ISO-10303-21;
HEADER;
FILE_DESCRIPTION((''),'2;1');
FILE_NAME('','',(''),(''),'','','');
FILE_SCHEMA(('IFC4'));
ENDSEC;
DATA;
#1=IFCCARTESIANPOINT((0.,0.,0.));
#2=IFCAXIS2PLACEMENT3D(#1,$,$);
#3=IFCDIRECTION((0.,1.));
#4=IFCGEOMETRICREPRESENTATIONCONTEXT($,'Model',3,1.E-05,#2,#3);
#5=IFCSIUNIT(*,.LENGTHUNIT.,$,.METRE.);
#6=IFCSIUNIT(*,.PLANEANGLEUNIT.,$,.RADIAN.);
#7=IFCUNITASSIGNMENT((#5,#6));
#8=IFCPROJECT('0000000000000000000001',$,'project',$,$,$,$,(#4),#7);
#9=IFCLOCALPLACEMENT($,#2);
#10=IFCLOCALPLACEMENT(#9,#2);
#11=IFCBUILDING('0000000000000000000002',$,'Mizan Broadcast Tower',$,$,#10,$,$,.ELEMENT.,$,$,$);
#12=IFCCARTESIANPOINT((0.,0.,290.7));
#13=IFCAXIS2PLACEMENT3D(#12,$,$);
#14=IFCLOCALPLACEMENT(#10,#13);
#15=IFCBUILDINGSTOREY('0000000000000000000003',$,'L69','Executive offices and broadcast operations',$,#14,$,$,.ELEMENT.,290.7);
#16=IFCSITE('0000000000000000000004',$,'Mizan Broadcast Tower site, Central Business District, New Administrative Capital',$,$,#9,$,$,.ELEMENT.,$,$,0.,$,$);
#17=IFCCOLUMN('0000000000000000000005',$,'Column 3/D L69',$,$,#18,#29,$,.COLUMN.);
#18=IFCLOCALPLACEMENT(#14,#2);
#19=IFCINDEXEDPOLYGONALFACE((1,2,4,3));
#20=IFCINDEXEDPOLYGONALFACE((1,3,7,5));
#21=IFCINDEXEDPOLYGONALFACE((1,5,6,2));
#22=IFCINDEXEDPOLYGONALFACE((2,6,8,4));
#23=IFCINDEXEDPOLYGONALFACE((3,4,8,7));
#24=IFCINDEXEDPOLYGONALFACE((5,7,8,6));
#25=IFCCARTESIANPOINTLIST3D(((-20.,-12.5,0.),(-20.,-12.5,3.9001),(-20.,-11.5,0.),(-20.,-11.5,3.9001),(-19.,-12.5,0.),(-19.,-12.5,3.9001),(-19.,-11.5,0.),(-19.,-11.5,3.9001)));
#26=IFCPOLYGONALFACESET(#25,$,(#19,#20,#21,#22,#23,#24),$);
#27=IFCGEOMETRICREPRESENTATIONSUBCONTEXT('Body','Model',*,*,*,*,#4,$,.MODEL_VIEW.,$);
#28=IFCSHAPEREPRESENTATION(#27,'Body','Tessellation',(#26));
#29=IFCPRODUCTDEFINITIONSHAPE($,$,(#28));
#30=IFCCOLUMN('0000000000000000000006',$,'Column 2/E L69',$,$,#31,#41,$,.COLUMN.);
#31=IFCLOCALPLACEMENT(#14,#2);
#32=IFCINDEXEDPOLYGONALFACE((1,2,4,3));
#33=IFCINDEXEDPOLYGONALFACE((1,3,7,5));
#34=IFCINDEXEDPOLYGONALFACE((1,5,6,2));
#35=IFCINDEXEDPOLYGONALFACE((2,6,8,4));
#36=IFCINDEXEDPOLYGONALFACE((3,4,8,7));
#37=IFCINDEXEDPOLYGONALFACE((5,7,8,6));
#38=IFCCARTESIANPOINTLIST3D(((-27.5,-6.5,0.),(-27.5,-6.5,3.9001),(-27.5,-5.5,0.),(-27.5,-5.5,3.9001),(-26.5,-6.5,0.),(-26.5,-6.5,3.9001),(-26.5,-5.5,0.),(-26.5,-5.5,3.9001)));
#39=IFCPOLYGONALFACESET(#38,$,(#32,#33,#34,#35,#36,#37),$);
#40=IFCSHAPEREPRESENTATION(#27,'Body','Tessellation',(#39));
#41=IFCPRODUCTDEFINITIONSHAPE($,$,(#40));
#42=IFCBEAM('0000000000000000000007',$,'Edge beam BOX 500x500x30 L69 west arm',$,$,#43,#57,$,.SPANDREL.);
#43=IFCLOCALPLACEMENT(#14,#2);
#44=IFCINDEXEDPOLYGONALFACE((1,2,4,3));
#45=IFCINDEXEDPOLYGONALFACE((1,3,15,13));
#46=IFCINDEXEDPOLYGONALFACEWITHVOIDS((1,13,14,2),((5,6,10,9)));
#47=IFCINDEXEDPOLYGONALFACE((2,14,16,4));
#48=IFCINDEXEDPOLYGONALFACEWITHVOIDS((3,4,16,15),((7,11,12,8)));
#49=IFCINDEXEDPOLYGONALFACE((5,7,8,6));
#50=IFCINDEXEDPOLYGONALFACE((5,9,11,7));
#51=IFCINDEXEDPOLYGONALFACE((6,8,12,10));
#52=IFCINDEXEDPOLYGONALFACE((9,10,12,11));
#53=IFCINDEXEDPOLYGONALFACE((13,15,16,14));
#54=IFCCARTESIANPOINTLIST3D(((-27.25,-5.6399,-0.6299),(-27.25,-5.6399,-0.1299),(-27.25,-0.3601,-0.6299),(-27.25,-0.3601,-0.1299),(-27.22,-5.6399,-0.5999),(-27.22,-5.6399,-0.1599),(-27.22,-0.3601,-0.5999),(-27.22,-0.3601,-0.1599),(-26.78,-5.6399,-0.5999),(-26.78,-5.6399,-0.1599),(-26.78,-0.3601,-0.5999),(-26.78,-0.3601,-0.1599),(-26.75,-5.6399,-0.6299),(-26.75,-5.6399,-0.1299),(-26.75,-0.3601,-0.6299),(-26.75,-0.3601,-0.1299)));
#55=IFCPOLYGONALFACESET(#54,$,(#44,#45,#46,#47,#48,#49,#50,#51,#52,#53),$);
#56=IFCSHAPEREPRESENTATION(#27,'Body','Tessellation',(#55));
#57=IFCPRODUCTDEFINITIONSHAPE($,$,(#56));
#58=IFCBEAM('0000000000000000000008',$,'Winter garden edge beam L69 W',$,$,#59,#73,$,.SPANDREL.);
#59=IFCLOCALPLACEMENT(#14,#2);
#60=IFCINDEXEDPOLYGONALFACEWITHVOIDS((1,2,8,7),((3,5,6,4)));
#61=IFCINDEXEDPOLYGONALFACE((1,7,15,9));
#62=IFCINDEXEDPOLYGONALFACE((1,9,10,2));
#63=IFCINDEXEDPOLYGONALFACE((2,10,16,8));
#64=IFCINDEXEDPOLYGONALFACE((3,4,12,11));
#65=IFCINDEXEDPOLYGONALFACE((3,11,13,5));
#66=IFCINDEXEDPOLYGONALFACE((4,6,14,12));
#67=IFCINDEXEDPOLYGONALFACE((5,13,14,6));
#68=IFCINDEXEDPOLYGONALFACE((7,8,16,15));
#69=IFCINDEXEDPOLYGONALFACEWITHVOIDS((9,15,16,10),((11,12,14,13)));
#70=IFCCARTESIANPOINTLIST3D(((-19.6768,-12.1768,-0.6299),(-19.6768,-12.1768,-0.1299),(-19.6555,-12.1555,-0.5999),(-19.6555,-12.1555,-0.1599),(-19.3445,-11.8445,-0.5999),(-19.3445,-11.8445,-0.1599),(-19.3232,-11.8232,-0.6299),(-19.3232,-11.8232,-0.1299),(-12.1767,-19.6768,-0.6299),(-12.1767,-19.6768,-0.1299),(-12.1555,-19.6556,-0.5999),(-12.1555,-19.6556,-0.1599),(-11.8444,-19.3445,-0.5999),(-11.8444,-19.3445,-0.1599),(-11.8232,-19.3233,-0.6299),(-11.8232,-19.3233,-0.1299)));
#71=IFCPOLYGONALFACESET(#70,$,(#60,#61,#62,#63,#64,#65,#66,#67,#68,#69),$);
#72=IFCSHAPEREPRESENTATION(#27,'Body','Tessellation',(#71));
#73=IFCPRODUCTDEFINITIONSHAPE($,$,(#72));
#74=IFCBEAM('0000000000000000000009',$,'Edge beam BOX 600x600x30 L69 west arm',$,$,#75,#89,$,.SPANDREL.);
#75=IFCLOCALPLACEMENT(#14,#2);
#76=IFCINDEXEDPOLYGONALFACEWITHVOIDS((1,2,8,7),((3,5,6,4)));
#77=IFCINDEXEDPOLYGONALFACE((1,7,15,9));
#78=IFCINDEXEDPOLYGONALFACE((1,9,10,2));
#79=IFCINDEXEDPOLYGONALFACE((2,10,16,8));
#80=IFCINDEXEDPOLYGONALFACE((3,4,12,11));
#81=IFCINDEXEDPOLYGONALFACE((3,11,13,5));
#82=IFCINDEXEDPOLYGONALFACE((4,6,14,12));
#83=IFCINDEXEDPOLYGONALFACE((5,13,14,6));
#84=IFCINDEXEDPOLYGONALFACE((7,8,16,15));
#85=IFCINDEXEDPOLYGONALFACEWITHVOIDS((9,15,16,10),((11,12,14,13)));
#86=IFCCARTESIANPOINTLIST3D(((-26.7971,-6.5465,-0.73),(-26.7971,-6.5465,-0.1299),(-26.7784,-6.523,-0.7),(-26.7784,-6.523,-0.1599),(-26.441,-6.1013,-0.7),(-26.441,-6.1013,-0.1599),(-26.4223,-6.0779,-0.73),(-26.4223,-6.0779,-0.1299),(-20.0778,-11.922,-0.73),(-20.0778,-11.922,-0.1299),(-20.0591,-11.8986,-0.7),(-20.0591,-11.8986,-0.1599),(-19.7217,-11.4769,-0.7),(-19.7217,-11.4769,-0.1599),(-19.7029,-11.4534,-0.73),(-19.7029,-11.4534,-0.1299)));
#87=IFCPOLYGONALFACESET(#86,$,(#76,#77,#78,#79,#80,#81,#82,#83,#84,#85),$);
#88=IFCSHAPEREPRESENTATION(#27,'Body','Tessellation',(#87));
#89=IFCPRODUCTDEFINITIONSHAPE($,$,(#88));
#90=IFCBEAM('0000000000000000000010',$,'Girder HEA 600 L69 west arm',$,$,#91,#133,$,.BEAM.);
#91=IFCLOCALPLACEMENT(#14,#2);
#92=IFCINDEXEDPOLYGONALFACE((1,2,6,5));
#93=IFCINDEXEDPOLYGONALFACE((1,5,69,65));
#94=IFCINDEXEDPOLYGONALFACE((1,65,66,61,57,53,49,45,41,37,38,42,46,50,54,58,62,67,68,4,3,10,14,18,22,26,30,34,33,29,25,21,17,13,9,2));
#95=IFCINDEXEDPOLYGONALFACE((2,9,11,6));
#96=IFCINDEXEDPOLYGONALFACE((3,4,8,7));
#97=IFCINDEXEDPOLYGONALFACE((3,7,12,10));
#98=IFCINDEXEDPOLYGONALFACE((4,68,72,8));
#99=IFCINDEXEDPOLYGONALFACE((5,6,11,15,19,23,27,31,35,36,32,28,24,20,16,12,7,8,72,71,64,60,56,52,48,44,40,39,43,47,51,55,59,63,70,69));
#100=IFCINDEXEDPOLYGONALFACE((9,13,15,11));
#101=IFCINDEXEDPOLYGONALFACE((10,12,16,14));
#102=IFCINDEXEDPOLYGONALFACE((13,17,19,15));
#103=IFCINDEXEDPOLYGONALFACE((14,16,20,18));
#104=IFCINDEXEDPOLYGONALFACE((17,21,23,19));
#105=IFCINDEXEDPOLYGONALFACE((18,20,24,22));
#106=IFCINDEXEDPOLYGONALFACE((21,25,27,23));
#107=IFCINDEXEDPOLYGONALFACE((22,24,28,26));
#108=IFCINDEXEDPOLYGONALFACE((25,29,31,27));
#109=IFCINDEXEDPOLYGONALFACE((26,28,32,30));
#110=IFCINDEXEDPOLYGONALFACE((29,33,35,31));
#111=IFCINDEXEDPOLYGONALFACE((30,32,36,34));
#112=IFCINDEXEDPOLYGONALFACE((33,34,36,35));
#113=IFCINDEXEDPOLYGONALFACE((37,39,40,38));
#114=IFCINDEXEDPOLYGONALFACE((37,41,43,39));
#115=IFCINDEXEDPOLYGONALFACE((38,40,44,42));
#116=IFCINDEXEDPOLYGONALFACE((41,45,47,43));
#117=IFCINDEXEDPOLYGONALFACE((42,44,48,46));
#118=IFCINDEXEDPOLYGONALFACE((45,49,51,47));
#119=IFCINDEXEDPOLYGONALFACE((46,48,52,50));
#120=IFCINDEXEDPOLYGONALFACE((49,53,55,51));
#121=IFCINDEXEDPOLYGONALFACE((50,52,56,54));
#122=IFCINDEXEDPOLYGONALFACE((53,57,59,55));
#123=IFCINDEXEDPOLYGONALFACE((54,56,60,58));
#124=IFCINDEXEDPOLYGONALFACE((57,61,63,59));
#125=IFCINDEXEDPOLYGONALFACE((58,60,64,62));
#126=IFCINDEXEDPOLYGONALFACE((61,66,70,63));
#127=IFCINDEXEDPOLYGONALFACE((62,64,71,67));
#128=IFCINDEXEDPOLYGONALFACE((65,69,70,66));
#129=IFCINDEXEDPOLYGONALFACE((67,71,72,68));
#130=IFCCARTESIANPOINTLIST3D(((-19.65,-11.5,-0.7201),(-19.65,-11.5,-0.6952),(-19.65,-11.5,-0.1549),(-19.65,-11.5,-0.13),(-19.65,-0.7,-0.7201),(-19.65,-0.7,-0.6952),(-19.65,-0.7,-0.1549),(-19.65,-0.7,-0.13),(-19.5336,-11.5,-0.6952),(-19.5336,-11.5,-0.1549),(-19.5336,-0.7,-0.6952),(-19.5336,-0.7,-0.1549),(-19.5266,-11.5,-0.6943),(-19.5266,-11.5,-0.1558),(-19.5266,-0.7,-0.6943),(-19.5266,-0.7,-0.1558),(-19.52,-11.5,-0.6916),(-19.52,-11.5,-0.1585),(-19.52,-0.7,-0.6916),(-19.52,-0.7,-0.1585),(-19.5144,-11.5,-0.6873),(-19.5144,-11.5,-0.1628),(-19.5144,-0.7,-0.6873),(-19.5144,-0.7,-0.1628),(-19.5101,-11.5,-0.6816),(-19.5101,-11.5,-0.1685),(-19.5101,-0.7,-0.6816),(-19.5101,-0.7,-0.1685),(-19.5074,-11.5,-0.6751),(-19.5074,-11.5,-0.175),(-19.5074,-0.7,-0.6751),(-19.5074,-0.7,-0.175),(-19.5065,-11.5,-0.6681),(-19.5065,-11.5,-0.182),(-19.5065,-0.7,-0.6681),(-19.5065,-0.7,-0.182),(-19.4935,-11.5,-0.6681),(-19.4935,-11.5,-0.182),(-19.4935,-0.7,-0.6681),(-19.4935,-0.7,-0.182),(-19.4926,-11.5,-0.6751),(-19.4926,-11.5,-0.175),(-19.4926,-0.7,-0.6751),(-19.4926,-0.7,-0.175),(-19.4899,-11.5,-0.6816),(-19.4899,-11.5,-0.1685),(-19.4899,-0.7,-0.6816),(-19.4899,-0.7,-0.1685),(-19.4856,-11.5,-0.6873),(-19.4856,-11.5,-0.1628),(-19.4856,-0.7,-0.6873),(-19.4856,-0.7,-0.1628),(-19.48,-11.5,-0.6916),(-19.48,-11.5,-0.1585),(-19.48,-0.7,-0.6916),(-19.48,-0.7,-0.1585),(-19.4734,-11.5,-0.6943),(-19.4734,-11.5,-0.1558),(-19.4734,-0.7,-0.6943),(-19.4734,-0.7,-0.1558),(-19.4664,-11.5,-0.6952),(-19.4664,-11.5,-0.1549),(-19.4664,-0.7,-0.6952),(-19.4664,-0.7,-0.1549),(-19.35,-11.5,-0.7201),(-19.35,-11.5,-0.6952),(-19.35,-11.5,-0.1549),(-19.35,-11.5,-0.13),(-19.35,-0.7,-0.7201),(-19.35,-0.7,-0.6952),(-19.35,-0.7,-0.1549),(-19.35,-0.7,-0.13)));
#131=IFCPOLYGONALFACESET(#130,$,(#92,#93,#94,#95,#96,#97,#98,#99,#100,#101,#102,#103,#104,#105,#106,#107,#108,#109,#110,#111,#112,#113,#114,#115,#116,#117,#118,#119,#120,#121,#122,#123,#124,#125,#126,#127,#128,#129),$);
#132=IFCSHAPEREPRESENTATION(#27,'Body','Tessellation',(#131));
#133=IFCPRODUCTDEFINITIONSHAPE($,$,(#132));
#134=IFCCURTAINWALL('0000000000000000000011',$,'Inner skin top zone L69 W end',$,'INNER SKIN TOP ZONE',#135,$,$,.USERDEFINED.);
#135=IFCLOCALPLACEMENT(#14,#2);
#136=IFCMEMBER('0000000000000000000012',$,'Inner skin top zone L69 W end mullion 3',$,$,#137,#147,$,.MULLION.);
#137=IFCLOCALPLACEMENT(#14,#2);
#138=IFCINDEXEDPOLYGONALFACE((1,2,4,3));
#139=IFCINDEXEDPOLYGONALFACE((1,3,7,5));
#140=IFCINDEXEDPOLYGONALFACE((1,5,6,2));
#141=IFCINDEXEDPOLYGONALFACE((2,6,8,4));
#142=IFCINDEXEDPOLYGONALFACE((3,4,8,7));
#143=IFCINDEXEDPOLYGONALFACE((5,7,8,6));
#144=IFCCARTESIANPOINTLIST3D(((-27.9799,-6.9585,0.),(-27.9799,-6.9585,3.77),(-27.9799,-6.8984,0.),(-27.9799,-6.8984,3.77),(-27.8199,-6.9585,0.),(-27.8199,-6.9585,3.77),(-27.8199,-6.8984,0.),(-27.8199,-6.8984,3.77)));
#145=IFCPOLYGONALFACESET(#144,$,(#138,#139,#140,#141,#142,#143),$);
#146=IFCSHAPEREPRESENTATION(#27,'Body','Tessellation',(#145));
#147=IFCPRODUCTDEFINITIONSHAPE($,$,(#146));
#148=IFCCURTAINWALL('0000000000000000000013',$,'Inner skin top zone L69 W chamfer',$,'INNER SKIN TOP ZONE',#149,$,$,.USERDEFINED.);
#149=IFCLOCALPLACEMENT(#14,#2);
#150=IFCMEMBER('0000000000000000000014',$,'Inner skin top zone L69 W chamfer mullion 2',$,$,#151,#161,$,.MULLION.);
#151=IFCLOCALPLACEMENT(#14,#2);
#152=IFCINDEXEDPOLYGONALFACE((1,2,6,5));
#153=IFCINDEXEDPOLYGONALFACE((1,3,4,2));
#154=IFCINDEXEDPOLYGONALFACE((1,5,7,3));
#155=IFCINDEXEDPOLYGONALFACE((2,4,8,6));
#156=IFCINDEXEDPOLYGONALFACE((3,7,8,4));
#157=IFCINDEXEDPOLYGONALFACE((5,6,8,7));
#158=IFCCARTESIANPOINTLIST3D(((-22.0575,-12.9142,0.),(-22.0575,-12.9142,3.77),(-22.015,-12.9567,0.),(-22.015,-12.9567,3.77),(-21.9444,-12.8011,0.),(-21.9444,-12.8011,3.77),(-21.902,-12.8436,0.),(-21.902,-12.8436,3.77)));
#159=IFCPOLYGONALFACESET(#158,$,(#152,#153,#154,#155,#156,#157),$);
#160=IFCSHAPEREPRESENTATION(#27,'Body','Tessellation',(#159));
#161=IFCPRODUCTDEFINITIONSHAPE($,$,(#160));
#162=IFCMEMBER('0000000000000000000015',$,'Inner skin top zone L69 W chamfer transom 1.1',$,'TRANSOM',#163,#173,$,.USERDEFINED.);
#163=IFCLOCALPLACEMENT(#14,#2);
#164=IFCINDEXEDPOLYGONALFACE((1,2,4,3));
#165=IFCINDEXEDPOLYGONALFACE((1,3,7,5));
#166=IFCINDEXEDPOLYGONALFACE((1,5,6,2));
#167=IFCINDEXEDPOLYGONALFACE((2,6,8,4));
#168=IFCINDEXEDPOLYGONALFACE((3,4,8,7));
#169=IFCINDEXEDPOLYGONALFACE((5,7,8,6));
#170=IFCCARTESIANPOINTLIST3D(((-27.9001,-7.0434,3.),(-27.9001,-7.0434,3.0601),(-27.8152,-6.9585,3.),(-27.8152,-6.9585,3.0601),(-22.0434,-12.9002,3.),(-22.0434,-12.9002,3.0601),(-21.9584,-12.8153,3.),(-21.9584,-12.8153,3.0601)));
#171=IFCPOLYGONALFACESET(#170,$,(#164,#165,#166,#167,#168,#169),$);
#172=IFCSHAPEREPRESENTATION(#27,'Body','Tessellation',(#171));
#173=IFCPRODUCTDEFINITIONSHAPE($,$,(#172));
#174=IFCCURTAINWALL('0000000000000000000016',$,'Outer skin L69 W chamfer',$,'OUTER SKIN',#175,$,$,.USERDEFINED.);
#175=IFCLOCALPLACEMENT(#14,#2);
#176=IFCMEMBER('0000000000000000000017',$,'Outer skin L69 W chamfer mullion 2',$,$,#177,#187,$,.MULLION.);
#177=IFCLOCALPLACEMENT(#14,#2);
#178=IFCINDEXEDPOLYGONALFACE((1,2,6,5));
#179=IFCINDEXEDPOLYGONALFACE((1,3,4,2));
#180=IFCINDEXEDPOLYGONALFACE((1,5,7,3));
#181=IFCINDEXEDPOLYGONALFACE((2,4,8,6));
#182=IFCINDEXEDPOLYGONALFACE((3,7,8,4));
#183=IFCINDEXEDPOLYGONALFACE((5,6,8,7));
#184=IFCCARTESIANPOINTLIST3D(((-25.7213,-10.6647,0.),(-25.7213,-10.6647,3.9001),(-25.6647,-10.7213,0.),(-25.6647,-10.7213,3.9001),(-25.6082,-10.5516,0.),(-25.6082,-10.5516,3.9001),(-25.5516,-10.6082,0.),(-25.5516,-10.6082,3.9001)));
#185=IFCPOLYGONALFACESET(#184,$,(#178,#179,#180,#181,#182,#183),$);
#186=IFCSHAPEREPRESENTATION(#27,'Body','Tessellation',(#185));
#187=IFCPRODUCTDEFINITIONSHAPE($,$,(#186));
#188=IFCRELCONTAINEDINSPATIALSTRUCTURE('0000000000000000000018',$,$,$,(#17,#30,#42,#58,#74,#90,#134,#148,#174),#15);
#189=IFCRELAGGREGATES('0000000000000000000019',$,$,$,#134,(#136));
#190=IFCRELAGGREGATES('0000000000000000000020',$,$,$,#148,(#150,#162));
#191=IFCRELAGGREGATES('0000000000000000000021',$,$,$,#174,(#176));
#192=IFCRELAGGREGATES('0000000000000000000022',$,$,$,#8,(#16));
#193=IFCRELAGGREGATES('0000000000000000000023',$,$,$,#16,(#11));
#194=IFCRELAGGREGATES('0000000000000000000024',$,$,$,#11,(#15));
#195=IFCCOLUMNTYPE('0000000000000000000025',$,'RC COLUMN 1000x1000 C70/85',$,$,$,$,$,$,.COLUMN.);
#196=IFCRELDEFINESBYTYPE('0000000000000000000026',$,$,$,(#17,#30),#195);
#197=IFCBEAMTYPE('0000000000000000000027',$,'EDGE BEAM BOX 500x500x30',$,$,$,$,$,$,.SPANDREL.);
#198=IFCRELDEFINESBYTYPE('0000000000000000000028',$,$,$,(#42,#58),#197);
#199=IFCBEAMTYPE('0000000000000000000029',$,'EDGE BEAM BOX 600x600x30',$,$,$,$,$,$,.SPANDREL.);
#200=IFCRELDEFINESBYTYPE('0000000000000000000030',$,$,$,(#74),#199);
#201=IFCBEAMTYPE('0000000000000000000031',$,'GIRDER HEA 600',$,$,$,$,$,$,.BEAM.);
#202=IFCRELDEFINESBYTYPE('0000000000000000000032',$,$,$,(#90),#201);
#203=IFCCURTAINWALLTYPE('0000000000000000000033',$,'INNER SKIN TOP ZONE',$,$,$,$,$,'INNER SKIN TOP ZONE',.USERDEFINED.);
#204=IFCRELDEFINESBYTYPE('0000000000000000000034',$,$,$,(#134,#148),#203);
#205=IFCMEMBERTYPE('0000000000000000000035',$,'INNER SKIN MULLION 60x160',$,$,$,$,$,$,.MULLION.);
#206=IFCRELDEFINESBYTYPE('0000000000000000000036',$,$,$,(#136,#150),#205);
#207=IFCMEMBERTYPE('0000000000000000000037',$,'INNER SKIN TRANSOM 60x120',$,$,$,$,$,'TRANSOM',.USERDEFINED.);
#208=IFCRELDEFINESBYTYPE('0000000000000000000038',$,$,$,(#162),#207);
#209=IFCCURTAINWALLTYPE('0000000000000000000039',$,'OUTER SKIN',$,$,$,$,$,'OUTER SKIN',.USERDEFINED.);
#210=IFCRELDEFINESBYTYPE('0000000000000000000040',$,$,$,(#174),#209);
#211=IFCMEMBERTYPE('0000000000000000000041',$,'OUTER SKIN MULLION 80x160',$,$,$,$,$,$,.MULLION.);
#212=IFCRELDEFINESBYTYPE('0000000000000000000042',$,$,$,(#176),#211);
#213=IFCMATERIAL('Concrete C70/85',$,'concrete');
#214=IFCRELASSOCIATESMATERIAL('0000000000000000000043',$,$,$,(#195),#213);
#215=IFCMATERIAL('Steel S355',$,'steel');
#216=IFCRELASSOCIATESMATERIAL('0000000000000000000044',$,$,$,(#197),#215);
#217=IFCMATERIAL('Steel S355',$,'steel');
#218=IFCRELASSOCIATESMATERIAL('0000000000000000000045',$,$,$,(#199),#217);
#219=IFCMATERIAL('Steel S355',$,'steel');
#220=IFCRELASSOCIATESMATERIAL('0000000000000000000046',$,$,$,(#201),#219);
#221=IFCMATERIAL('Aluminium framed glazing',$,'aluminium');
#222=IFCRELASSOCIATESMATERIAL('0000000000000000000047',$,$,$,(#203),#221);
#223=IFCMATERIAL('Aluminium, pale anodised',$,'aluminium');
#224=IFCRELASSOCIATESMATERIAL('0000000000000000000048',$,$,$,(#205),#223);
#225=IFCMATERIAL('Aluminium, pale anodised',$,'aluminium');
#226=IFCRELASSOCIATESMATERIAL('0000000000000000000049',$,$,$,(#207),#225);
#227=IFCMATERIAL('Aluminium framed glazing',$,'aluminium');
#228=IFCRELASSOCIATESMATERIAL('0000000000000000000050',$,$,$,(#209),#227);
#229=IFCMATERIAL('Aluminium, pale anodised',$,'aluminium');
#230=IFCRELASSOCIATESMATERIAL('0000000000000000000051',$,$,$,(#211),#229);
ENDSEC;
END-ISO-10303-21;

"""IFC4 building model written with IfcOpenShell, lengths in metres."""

from ifc_helpers import new_model, si_unit, direction, frame, origin, origin_2d, place, context, subcontext, project, spatial, rectangle, hollow_rectangle, i_section, extrude, material, material_profile, profile_set, type_object, element, aggregate, save


model = new_model("IFC4")

# Units and contexts
model_context = context("Model", 3, precision=1e-05, world=origin(), true_north=direction((0.0, 1.0)))
body_context = subcontext(model_context, "Body", "Model", "MODEL_VIEW")
ifc_project = project(units=[si_unit("LENGTHUNIT", "METRE"), si_unit("PLANEANGLEUNIT", "RADIAN")], contexts=[model_context])

# Site, building, storey
site_placement = place(None, origin())
site = spatial("IfcSite", under=ifc_project, at=site_placement, Name="Mizan Broadcast Tower site, Central Business District, New Administrative Capital", CompositionType="ELEMENT", RefElevation=0.0)
building_placement = place(site_placement, origin())
building = spatial("IfcBuilding", under=site, at=building_placement, Name="Mizan Broadcast Tower", CompositionType="ELEMENT")
storey_placement = place(building_placement, frame((0.0, 0.0, 290.7)))
storey = spatial("IfcBuildingStorey", under=building, at=storey_placement, Name="L69", Description="Executive offices and broadcast operations", CompositionType="ELEMENT", Elevation=290.7)

# Columns
ifc_material_1 = material(Name="Concrete C70/85", Category="concrete")
ifc_material_profile_1 = material_profile(ifc_material_1, rectangle(XDim=1.0, YDim=1.0, at=origin_2d()), Name="RC 1000x1000")
ifc_profile_set_1 = profile_set([ifc_material_profile_1], Name="Concrete C70/85")
column_type = type_object("IfcColumnType", Name="RC COLUMN 1000x1000 C70/85", PredefinedType="COLUMN", material=ifc_profile_set_1)
for number, where, z_axis, x_axis, name in (
    (1, (-19.5, -12.0, 0.0), (0.0, 0.0, 1.0), (1.0, 0.0, 0.0), "Column 3/D L69"),
    (2, (-27.0, -6.0, 0.0), (0.0, 0.0, 1.0), (1.0, 0.0, 0.0), "Column 2/E L69"),
):
    element("IfcColumn", number, at=place(storey_placement, frame(where, z_axis=z_axis, x_axis=x_axis)), inside=storey, type_object=column_type, Name=name, PredefinedType="COLUMN", context=body_context, shape_type="SweptSolid", body=[
        extrude(rectangle(XDim=1.0, YDim=1.0, at=origin_2d()), origin(), (0.0, 0.0, 1.0), 3.9001),
    ])

# Beams
ifc_material_2 = material(Name="Steel S355", Category="steel")
ifc_material_profile_2 = material_profile(ifc_material_2, hollow_rectangle(XDim=0.5, YDim=0.5, WallThickness=0.03, at=origin_2d()), Name="BOX 500x500x30")
ifc_profile_set_2 = profile_set([ifc_material_profile_2], Name="Steel S355")
beam_type_1 = type_object("IfcBeamType", Name="EDGE BEAM BOX 500x500x30", PredefinedType="SPANDREL", material=ifc_profile_set_2)
beam_1_placement = place(storey_placement, frame((-27.0, -5.6399, -0.3799), z_axis=(0.0, 1.0, 0.0), x_axis=(-1.0, 0.0, 0.0)))
element("IfcBeam", 3, at=beam_1_placement, inside=storey, type_object=beam_type_1, Name="Edge beam BOX 500x500x30 L69 west arm", PredefinedType="SPANDREL", context=body_context, shape_type="SweptSolid", body=[
    extrude(hollow_rectangle(XDim=0.5, YDim=0.5, WallThickness=0.03, at=origin_2d()), origin(), (0.0, 0.0, 1.0), 5.2798),
])
beam_2_placement = place(storey_placement, frame((-19.5, -12.0, -0.3799), z_axis=(0.707107, -0.707107, 0.0), x_axis=(0.707107, 0.707107, 0.0)))
element("IfcBeam", 4, at=beam_2_placement, inside=storey, type_object=beam_type_1, Name="Winter garden edge beam L69 W", PredefinedType="SPANDREL", context=body_context, shape_type="SweptSolid", body=[
    extrude(hollow_rectangle(XDim=0.5, YDim=0.5, WallThickness=0.03, at=origin_2d()), origin(), (0.0, 0.0, 1.0), 10.6067),
])
ifc_material_3 = material(Name="Steel S355", Category="steel")
ifc_material_profile_3 = material_profile(ifc_material_3, hollow_rectangle(XDim=0.6001, YDim=0.6001, WallThickness=0.03, at=origin_2d()), Name="BOX 600x600x30")
ifc_profile_set_3 = profile_set([ifc_material_profile_3], Name="Steel S355")
beam_type_2 = type_object("IfcBeamType", Name="EDGE BEAM BOX 600x600x30", PredefinedType="SPANDREL", material=ifc_profile_set_3)
beam_3_placement = place(storey_placement, frame((-19.8904, -11.6877, -0.4299), z_axis=(-0.780863, 0.624702, 0.0), x_axis=(-0.624702, -0.780863, 0.0)))
element("IfcBeam", 5, at=beam_3_placement, inside=storey, type_object=beam_type_2, Name="Edge beam BOX 600x600x30 L69 west arm", PredefinedType="SPANDREL", context=body_context, shape_type="SweptSolid", body=[
    extrude(hollow_rectangle(XDim=0.6001, YDim=0.6001, WallThickness=0.03, at=origin_2d()), origin(), (0.0, 0.0, 1.0), 8.605),
])
ifc_material_4 = material(Name="Steel S355", Category="steel")
ifc_material_profile_4 = material_profile(ifc_material_4, i_section(OverallWidth=0.3, OverallDepth=0.5901, WebThickness=0.0129, FlangeThickness=0.0249, FilletRadius=0.0271, at=origin_2d()), Name="HEA 600")
ifc_profile_set_4 = profile_set([ifc_material_profile_4], Name="Steel S355")
beam_type_3 = type_object("IfcBeamType", Name="GIRDER HEA 600", PredefinedType="BEAM", material=ifc_profile_set_4)
beam_4_placement = place(storey_placement, frame((-19.5, -11.5, -0.425), z_axis=(0.0, 1.0, 0.0), x_axis=(-1.0, 0.0, 0.0)))
element("IfcBeam", 6, at=beam_4_placement, inside=storey, type_object=beam_type_3, Name="Girder HEA 600 L69 west arm", PredefinedType="BEAM", context=body_context, shape_type="SweptSolid", body=[
    extrude(i_section(OverallWidth=0.3, OverallDepth=0.5901, WebThickness=0.0129, FlangeThickness=0.0249, FilletRadius=0.0271, at=origin_2d()), origin(), (0.0, 0.0, 1.0), 10.8),
])

# Curtain wall, member
ifc_material_5 = material(Name="Aluminium framed glazing", Category="aluminium")
curtain_wall_type_1 = type_object("IfcCurtainWallType", Name="INNER SKIN TOP ZONE", ElementType="INNER SKIN TOP ZONE", PredefinedType="USERDEFINED", material=ifc_material_5)
curtain_wall_1_placement = place(storey_placement, origin())
curtain_wall_1 = element("IfcCurtainWall", 7, at=curtain_wall_1_placement, inside=storey, type_object=curtain_wall_type_1, Name="Inner skin top zone L69 W end", ObjectType="INNER SKIN TOP ZONE", PredefinedType="USERDEFINED")
ifc_material_6 = material(Name="Aluminium, pale anodised", Category="aluminium")
ifc_material_profile_5 = material_profile(ifc_material_6, rectangle(XDim=0.1599, YDim=0.0601, at=origin_2d()), Name="MULLION 160x60")
ifc_profile_set_5 = profile_set([ifc_material_profile_5], Name="Aluminium, pale anodised")
member_type_1 = type_object("IfcMemberType", Name="INNER SKIN MULLION 60x160", PredefinedType="MULLION", material=ifc_profile_set_5)
member_1_placement = place(storey_placement, frame((-27.8999, -6.9285, 0.0), z_axis=(0.0, 0.0, 1.0), x_axis=(1.0, 0.0, 0.0)))
member_1 = element("IfcMember", 8, at=member_1_placement, type_object=member_type_1, Name="Inner skin top zone L69 W end mullion 3", PredefinedType="MULLION", context=body_context, shape_type="SweptSolid", body=[
    extrude(rectangle(XDim=0.1599, YDim=0.0601, at=origin_2d()), origin(), (0.0, 0.0, 1.0), 3.77),
])
aggregate(curtain_wall_1, [member_1])

# Curtain wall, members
curtain_wall_2_placement = place(storey_placement, origin())
curtain_wall_2 = element("IfcCurtainWall", 9, at=curtain_wall_2_placement, inside=storey, type_object=curtain_wall_type_1, Name="Inner skin top zone L69 W chamfer", ObjectType="INNER SKIN TOP ZONE", PredefinedType="USERDEFINED")
member_2_placement = place(storey_placement, frame((-21.9797, -12.8789, 0.0), z_axis=(0.0, 0.0, 1.0), x_axis=(0.707107, 0.707107, 0.0)))
member_2 = element("IfcMember", 10, at=member_2_placement, type_object=member_type_1, Name="Inner skin top zone L69 W chamfer mullion 2", PredefinedType="MULLION", context=body_context, shape_type="SweptSolid", body=[
    extrude(rectangle(XDim=0.1599, YDim=0.0601, at=origin_2d()), origin(), (0.0, 0.0, 1.0), 3.77),
])
ifc_material_7 = material(Name="Aluminium, pale anodised", Category="aluminium")
ifc_material_profile_6 = material_profile(ifc_material_7, rectangle(XDim=0.1201, YDim=0.0601, at=origin_2d()), Name="TRANSOM 120x60")
ifc_profile_set_6 = profile_set([ifc_material_profile_6], Name="Aluminium, pale anodised")
member_type_2 = type_object("IfcMemberType", Name="INNER SKIN TRANSOM 60x120", ElementType="TRANSOM", PredefinedType="USERDEFINED", material=ifc_profile_set_6)
member_3_placement = place(storey_placement, frame((-27.8577, -7.001, 3.03), z_axis=(0.707107, -0.707107, 0.0), x_axis=(0.707107, 0.707107, 0.0)))
member_3 = element("IfcMember", 11, at=member_3_placement, type_object=member_type_2, Name="Inner skin top zone L69 W chamfer transom 1.1", ObjectType="TRANSOM", PredefinedType="USERDEFINED", context=body_context, shape_type="SweptSolid", body=[
    extrude(rectangle(XDim=0.1201, YDim=0.0601, at=origin_2d()), origin(), (0.0, 0.0, 1.0), 8.2827),
])

# Curtain wall, member
ifc_material_8 = material(Name="Aluminium framed glazing", Category="aluminium")
curtain_wall_type_2 = type_object("IfcCurtainWallType", Name="OUTER SKIN", ElementType="OUTER SKIN", PredefinedType="USERDEFINED", material=ifc_material_8)
curtain_wall_3_placement = place(storey_placement, origin())
curtain_wall_3 = element("IfcCurtainWall", 12, at=curtain_wall_3_placement, inside=storey, type_object=curtain_wall_type_2, Name="Outer skin L69 W chamfer", ObjectType="OUTER SKIN", PredefinedType="USERDEFINED")
ifc_material_9 = material(Name="Aluminium, pale anodised", Category="aluminium")
ifc_material_profile_7 = material_profile(ifc_material_9, rectangle(XDim=0.1599, YDim=0.0801, at=origin_2d()), Name="MULLION 160x80")
ifc_profile_set_7 = profile_set([ifc_material_profile_7], Name="Aluminium, pale anodised")
member_type_3 = type_object("IfcMemberType", Name="OUTER SKIN MULLION 80x160", PredefinedType="MULLION", material=ifc_profile_set_7)
member_4_placement = place(storey_placement, frame((-25.6365, -10.6365, 0.0), z_axis=(0.0, 0.0, 1.0), x_axis=(0.707107, 0.707107, 0.0)))
member_4 = element("IfcMember", 13, at=member_4_placement, type_object=member_type_3, Name="Outer skin L69 W chamfer mullion 2", PredefinedType="MULLION", context=body_context, shape_type="SweptSolid", body=[
    extrude(rectangle(XDim=0.1599, YDim=0.0801, at=origin_2d()), origin(), (0.0, 0.0, 1.0), 3.9001),
])

aggregate(curtain_wall_2, [member_2, member_3])
aggregate(curtain_wall_3, [member_4])

save(model, "model.ifc")
